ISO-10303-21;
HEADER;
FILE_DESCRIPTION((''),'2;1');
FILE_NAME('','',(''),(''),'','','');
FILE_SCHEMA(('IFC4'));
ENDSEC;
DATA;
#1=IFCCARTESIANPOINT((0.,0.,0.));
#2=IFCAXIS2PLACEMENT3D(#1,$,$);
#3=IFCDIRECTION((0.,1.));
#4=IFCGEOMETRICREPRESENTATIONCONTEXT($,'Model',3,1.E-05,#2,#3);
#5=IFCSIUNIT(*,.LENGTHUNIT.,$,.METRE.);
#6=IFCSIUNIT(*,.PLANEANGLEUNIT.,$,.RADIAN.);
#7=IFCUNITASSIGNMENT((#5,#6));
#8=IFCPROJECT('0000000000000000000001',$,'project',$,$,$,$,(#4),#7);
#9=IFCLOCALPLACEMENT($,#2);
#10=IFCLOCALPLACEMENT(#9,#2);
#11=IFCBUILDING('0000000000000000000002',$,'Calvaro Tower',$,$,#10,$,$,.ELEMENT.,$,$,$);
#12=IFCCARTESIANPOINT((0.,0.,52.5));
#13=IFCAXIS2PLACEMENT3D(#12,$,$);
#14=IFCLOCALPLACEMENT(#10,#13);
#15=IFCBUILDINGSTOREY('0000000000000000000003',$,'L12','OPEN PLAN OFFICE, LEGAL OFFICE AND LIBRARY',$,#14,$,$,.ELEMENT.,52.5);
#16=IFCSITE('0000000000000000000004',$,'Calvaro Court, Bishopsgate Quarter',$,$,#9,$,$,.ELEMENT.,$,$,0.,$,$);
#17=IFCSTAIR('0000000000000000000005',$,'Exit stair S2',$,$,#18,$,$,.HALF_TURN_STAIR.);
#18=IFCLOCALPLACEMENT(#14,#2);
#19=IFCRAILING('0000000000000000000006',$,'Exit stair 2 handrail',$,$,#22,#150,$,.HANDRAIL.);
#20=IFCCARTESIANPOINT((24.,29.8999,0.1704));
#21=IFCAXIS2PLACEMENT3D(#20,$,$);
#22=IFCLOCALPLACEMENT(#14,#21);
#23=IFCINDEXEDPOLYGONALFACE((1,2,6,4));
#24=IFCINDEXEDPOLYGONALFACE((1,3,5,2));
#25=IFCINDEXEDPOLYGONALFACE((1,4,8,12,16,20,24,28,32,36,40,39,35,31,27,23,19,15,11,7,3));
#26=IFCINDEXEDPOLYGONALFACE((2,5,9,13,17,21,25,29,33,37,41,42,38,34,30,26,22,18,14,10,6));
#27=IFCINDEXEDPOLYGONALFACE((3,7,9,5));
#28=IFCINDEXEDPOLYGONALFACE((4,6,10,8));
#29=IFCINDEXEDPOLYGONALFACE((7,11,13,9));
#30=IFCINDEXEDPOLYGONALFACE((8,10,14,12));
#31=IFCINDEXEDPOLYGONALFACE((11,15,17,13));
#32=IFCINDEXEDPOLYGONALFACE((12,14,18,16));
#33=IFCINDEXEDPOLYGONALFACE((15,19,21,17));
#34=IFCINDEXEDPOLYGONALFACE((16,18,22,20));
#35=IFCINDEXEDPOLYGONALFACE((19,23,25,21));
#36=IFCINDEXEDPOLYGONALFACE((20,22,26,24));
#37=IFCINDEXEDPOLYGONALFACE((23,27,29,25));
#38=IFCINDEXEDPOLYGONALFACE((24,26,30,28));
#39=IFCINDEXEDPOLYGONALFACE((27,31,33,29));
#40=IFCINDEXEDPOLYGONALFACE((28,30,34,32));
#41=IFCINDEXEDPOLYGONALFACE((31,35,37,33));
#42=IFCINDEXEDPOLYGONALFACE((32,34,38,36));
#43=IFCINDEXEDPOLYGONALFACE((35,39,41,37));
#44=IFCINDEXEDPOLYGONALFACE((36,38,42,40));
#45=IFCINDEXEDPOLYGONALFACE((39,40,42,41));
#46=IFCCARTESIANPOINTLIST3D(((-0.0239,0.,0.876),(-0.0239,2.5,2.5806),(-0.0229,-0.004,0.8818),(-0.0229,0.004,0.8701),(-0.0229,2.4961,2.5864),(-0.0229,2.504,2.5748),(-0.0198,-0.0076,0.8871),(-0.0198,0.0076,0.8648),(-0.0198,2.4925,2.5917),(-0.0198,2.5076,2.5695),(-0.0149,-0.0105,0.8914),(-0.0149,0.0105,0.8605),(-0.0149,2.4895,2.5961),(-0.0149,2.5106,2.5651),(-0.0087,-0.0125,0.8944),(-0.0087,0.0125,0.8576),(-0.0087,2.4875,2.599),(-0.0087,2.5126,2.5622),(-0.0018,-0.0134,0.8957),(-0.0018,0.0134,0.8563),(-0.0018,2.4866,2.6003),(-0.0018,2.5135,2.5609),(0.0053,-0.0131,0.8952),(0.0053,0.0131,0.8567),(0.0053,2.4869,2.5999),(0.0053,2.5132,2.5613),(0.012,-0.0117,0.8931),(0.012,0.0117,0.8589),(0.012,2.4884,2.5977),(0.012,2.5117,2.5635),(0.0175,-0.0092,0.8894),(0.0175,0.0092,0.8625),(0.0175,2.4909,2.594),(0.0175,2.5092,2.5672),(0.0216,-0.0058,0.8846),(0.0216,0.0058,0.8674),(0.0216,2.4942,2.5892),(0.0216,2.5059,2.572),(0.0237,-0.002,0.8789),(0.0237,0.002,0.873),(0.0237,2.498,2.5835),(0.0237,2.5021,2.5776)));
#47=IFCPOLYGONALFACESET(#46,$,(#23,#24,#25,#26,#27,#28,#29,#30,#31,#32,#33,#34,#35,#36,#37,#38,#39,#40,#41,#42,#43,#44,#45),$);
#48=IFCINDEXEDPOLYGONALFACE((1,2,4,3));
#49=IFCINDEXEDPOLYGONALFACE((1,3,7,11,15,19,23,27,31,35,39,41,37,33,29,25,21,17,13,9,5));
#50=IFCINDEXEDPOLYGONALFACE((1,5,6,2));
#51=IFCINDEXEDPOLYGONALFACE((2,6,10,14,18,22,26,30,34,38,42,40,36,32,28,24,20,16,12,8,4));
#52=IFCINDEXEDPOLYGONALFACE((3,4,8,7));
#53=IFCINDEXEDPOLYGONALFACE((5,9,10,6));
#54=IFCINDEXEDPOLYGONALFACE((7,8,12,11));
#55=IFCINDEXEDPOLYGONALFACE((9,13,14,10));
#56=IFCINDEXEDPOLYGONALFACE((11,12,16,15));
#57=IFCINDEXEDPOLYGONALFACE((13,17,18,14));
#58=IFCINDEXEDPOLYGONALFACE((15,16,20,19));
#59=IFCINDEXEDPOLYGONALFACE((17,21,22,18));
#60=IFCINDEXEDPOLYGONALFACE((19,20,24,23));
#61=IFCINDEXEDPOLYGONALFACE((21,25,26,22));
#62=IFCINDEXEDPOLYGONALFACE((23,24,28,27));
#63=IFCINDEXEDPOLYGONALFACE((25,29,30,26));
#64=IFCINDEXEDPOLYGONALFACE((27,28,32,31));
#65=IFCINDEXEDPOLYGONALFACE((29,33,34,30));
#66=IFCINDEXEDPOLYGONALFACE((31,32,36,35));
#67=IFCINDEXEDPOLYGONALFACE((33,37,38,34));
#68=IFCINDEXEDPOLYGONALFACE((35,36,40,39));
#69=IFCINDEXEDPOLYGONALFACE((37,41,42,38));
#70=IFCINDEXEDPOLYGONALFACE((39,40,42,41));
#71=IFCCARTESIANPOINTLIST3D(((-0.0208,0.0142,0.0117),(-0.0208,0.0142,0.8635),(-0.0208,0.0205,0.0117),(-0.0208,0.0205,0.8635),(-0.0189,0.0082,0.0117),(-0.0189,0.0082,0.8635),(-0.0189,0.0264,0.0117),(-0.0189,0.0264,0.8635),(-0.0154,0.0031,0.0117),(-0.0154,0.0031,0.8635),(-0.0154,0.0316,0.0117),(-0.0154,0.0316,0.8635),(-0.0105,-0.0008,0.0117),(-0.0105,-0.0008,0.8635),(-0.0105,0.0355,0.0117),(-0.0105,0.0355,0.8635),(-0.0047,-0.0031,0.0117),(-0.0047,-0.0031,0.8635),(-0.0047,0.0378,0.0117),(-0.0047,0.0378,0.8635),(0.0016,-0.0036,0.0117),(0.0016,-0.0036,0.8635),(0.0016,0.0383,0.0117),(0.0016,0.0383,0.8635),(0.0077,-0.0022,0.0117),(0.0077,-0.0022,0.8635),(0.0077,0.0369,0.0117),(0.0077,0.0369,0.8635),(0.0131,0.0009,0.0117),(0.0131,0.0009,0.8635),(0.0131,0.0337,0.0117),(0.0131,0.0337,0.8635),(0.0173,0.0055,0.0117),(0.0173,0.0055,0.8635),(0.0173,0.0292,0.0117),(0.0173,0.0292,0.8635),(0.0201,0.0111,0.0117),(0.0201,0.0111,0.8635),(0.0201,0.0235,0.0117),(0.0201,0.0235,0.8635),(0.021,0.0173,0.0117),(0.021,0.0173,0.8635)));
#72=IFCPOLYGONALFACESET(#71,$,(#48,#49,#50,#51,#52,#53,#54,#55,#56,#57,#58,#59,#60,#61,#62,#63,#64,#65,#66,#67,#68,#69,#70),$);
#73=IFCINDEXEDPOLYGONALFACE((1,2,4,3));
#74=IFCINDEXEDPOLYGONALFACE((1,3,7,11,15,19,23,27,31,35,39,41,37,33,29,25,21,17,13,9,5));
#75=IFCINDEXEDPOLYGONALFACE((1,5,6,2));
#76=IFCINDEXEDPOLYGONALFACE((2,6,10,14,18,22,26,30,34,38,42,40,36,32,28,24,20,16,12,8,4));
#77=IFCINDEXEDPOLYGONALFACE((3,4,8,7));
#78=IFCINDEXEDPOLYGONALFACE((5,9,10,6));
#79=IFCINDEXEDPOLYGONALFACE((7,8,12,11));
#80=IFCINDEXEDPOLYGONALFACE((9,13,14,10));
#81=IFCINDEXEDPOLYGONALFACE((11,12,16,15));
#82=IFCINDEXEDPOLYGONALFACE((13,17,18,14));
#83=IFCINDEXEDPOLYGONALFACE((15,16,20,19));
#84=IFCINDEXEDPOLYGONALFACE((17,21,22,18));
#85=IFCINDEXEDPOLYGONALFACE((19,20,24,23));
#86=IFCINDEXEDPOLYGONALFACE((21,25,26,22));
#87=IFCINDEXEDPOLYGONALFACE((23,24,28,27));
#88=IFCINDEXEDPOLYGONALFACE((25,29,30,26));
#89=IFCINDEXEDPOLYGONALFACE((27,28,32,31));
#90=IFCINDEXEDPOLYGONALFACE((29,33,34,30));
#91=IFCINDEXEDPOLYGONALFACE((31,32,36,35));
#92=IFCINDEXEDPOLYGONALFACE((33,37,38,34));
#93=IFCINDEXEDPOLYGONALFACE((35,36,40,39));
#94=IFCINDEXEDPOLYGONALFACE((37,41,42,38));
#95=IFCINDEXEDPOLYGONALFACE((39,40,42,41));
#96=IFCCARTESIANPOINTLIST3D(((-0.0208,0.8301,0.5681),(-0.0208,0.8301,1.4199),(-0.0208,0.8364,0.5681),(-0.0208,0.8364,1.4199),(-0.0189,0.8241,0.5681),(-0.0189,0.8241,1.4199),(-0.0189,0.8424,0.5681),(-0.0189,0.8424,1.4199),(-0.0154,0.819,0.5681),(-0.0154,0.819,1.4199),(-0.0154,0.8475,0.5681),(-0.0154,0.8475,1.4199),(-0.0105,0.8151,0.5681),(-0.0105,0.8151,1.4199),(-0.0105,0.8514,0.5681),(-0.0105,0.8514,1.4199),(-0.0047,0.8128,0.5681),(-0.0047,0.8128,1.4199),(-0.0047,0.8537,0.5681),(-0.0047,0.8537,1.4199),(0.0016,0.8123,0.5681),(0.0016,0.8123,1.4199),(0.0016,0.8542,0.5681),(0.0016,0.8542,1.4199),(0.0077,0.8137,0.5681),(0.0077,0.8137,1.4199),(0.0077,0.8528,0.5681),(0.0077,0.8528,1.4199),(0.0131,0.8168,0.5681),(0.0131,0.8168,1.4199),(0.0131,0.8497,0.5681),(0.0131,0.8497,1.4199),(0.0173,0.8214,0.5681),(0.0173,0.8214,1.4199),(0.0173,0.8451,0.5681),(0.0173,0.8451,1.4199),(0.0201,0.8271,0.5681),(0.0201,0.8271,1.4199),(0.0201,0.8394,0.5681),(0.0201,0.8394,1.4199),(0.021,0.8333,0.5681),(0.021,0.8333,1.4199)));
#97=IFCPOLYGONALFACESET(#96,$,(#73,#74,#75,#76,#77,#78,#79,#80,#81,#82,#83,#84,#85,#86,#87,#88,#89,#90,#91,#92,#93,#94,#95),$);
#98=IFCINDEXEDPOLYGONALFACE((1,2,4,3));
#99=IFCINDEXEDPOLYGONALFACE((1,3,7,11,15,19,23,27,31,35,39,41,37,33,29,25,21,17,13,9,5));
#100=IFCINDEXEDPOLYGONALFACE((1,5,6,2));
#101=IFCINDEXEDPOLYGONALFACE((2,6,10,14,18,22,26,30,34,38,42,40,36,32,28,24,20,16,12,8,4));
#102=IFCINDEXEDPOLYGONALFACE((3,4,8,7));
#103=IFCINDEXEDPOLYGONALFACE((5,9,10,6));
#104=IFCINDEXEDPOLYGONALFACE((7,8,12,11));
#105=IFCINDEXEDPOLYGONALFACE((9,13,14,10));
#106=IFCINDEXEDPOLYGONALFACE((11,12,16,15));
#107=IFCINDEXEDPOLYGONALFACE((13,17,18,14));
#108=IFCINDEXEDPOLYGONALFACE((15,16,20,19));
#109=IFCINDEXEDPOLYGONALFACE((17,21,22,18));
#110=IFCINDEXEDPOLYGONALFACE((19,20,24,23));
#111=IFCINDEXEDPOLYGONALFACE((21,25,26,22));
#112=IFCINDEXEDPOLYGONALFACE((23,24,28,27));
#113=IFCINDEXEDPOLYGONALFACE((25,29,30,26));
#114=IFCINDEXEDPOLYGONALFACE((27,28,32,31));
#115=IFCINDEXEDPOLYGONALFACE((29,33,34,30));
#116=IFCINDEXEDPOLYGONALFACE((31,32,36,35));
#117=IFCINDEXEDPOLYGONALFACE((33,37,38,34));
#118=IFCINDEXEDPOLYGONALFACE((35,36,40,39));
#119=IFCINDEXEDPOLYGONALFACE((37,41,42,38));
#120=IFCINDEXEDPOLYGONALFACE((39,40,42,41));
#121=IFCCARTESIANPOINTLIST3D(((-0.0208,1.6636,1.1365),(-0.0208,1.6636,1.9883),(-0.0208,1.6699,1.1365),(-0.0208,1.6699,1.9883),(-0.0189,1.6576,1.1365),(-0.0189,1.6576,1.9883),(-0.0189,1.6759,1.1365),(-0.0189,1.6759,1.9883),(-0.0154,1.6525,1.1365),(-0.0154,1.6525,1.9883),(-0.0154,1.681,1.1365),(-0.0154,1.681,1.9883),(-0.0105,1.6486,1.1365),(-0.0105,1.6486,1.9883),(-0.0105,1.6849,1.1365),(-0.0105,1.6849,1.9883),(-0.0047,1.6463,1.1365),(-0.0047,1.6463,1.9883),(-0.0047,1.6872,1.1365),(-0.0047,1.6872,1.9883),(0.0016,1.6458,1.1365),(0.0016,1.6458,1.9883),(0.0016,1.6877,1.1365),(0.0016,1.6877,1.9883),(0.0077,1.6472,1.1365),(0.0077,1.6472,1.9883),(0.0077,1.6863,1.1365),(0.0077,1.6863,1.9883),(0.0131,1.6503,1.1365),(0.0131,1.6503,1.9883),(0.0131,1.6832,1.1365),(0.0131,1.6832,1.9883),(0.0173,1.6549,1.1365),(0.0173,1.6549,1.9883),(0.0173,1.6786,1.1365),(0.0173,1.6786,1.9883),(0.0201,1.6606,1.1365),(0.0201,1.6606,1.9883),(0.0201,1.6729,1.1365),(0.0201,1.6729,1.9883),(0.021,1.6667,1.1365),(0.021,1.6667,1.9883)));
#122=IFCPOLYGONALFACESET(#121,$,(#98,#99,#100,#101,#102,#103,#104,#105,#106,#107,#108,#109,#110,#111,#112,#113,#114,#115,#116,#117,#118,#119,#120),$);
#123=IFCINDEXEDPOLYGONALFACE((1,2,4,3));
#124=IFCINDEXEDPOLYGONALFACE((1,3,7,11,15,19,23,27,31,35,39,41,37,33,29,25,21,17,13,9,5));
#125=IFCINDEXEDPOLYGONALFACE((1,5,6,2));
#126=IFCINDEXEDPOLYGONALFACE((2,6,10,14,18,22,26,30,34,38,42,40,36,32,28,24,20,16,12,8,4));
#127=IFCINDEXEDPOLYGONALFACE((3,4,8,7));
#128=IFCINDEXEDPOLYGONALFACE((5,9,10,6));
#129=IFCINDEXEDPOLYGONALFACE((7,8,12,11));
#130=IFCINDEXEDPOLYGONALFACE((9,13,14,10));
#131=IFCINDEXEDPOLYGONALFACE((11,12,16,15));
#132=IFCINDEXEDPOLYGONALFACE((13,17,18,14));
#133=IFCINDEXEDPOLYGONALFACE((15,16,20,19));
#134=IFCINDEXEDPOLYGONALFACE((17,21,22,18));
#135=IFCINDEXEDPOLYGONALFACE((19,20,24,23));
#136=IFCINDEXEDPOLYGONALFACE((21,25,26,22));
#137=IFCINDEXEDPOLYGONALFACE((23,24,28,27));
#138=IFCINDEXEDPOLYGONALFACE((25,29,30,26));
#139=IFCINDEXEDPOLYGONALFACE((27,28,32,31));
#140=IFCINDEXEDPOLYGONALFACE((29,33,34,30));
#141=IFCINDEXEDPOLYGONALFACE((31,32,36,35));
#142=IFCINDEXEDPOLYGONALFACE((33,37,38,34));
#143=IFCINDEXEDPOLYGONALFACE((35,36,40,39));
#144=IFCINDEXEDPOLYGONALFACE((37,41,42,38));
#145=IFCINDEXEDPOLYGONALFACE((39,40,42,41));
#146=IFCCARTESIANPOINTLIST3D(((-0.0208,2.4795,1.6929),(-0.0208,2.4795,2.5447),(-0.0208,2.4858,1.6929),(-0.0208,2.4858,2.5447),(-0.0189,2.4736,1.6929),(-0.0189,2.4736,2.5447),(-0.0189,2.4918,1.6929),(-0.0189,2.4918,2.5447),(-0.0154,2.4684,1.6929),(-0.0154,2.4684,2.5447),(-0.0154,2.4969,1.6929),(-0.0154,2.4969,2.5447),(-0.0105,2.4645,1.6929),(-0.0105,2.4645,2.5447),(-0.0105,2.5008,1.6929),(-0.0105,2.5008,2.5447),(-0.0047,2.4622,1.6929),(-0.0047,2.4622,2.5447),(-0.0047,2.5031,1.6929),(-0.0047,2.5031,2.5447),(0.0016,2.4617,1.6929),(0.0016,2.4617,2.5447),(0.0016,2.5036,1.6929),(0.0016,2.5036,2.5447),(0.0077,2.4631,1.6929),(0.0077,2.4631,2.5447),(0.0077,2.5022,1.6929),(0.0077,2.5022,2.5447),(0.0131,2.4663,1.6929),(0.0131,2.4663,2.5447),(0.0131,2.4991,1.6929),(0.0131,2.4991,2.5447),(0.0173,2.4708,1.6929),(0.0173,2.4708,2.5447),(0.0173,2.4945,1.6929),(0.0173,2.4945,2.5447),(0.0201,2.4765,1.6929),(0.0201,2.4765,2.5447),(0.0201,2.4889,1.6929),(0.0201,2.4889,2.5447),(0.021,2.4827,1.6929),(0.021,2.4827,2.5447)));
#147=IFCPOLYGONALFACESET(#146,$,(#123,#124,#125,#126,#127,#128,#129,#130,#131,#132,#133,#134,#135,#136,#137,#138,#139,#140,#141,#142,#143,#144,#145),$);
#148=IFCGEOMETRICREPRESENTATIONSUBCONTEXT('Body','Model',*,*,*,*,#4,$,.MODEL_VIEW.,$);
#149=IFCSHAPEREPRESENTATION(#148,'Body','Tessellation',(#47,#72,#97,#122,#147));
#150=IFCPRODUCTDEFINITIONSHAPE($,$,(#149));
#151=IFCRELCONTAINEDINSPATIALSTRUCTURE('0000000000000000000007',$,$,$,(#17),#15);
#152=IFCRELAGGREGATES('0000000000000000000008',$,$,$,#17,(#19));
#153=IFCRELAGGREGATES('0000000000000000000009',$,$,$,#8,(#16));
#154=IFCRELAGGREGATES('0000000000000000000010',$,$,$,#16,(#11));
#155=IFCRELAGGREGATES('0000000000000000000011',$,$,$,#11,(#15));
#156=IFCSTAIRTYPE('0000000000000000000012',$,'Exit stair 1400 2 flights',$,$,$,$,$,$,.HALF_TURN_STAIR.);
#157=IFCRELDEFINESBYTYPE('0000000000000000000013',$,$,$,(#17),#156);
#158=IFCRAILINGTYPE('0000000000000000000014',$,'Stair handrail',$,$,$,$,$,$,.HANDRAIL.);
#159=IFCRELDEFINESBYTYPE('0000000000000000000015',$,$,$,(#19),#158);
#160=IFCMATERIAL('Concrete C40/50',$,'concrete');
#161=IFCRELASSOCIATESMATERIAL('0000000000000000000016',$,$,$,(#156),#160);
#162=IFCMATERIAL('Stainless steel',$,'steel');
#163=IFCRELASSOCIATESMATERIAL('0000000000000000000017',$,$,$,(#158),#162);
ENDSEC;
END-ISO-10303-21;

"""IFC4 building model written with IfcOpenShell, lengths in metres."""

from ifc_helpers import new_model, si_unit, direction, frame, origin, origin_2d, place, context, subcontext, project, spatial, circle, extrude, material, type_object, element, aggregate, save


model = new_model("IFC4")

# Units and contexts
model_context = context("Model", 3, precision=1e-05, world=origin(), true_north=direction((0.0, 1.0)))
body_context = subcontext(model_context, "Body", "Model", "MODEL_VIEW")
ifc_project = project(units=[si_unit("LENGTHUNIT", "METRE"), si_unit("PLANEANGLEUNIT", "RADIAN")], contexts=[model_context])

# Site, building, storey
site_placement = place(None, origin())
site = spatial("IfcSite", under=ifc_project, at=site_placement, Name="Calvaro Court, Bishopsgate Quarter", CompositionType="ELEMENT", RefElevation=0.0)
building_placement = place(site_placement, origin())
building = spatial("IfcBuilding", under=site, at=building_placement, Name="Calvaro Tower", CompositionType="ELEMENT")
storey_placement = place(building_placement, frame((0.0, 0.0, 52.5)))
storey = spatial("IfcBuildingStorey", under=building, at=storey_placement, Name="L12", Description="OPEN PLAN OFFICE, LEGAL OFFICE AND LIBRARY", CompositionType="ELEMENT", Elevation=52.5)

# Stair, railing
ifc_material_1 = material(Name="Concrete C40/50", Category="concrete")
stair_type = type_object("IfcStairType", Name="Exit stair 1400 2 flights", PredefinedType="HALF_TURN_STAIR", material=ifc_material_1)
stair_placement = place(storey_placement, origin())
stair = element("IfcStair", 1, at=stair_placement, inside=storey, type_object=stair_type, Name="Exit stair S2", PredefinedType="HALF_TURN_STAIR")
ifc_material_2 = material(Name="Stainless steel", Category="steel")
railing_type = type_object("IfcRailingType", Name="Stair handrail", PredefinedType="HANDRAIL", material=ifc_material_2)
railing_1_placement = place(storey_placement, frame((24.0, 29.8999, 0.1704)))
railing_1 = element("IfcRailing", 2, at=railing_1_placement, type_object=railing_type, Name="Exit stair 2 handrail", PredefinedType="HANDRAIL", context=body_context, shape_type="SweptSolid", body=[
    extrude(circle(Radius=0.0239, at=origin_2d()), frame((0.0, 0.0, 0.876), z_axis=(0.0, 0.826221, 0.563347), x_axis=(-1.0, 0.0, 0.0)), (0.0, 0.0, 1.0), 3.0259),
    extrude(circle(Radius=0.021, at=origin_2d()), frame((0.0, 0.0173, 0.0117)), (0.0, 0.0, 1.0), 0.8518),
    extrude(circle(Radius=0.021, at=origin_2d()), frame((0.0, 0.8333, 0.5681)), (0.0, 0.0, 1.0), 0.8518),
    extrude(circle(Radius=0.021, at=origin_2d()), frame((0.0, 1.6667, 1.1365)), (0.0, 0.0, 1.0), 0.8518),
    extrude(circle(Radius=0.021, at=origin_2d()), frame((0.0, 2.4827, 1.6929)), (0.0, 0.0, 1.0), 0.8518),
])
aggregate(stair, [railing_1])

save(model, "model.ifc")
